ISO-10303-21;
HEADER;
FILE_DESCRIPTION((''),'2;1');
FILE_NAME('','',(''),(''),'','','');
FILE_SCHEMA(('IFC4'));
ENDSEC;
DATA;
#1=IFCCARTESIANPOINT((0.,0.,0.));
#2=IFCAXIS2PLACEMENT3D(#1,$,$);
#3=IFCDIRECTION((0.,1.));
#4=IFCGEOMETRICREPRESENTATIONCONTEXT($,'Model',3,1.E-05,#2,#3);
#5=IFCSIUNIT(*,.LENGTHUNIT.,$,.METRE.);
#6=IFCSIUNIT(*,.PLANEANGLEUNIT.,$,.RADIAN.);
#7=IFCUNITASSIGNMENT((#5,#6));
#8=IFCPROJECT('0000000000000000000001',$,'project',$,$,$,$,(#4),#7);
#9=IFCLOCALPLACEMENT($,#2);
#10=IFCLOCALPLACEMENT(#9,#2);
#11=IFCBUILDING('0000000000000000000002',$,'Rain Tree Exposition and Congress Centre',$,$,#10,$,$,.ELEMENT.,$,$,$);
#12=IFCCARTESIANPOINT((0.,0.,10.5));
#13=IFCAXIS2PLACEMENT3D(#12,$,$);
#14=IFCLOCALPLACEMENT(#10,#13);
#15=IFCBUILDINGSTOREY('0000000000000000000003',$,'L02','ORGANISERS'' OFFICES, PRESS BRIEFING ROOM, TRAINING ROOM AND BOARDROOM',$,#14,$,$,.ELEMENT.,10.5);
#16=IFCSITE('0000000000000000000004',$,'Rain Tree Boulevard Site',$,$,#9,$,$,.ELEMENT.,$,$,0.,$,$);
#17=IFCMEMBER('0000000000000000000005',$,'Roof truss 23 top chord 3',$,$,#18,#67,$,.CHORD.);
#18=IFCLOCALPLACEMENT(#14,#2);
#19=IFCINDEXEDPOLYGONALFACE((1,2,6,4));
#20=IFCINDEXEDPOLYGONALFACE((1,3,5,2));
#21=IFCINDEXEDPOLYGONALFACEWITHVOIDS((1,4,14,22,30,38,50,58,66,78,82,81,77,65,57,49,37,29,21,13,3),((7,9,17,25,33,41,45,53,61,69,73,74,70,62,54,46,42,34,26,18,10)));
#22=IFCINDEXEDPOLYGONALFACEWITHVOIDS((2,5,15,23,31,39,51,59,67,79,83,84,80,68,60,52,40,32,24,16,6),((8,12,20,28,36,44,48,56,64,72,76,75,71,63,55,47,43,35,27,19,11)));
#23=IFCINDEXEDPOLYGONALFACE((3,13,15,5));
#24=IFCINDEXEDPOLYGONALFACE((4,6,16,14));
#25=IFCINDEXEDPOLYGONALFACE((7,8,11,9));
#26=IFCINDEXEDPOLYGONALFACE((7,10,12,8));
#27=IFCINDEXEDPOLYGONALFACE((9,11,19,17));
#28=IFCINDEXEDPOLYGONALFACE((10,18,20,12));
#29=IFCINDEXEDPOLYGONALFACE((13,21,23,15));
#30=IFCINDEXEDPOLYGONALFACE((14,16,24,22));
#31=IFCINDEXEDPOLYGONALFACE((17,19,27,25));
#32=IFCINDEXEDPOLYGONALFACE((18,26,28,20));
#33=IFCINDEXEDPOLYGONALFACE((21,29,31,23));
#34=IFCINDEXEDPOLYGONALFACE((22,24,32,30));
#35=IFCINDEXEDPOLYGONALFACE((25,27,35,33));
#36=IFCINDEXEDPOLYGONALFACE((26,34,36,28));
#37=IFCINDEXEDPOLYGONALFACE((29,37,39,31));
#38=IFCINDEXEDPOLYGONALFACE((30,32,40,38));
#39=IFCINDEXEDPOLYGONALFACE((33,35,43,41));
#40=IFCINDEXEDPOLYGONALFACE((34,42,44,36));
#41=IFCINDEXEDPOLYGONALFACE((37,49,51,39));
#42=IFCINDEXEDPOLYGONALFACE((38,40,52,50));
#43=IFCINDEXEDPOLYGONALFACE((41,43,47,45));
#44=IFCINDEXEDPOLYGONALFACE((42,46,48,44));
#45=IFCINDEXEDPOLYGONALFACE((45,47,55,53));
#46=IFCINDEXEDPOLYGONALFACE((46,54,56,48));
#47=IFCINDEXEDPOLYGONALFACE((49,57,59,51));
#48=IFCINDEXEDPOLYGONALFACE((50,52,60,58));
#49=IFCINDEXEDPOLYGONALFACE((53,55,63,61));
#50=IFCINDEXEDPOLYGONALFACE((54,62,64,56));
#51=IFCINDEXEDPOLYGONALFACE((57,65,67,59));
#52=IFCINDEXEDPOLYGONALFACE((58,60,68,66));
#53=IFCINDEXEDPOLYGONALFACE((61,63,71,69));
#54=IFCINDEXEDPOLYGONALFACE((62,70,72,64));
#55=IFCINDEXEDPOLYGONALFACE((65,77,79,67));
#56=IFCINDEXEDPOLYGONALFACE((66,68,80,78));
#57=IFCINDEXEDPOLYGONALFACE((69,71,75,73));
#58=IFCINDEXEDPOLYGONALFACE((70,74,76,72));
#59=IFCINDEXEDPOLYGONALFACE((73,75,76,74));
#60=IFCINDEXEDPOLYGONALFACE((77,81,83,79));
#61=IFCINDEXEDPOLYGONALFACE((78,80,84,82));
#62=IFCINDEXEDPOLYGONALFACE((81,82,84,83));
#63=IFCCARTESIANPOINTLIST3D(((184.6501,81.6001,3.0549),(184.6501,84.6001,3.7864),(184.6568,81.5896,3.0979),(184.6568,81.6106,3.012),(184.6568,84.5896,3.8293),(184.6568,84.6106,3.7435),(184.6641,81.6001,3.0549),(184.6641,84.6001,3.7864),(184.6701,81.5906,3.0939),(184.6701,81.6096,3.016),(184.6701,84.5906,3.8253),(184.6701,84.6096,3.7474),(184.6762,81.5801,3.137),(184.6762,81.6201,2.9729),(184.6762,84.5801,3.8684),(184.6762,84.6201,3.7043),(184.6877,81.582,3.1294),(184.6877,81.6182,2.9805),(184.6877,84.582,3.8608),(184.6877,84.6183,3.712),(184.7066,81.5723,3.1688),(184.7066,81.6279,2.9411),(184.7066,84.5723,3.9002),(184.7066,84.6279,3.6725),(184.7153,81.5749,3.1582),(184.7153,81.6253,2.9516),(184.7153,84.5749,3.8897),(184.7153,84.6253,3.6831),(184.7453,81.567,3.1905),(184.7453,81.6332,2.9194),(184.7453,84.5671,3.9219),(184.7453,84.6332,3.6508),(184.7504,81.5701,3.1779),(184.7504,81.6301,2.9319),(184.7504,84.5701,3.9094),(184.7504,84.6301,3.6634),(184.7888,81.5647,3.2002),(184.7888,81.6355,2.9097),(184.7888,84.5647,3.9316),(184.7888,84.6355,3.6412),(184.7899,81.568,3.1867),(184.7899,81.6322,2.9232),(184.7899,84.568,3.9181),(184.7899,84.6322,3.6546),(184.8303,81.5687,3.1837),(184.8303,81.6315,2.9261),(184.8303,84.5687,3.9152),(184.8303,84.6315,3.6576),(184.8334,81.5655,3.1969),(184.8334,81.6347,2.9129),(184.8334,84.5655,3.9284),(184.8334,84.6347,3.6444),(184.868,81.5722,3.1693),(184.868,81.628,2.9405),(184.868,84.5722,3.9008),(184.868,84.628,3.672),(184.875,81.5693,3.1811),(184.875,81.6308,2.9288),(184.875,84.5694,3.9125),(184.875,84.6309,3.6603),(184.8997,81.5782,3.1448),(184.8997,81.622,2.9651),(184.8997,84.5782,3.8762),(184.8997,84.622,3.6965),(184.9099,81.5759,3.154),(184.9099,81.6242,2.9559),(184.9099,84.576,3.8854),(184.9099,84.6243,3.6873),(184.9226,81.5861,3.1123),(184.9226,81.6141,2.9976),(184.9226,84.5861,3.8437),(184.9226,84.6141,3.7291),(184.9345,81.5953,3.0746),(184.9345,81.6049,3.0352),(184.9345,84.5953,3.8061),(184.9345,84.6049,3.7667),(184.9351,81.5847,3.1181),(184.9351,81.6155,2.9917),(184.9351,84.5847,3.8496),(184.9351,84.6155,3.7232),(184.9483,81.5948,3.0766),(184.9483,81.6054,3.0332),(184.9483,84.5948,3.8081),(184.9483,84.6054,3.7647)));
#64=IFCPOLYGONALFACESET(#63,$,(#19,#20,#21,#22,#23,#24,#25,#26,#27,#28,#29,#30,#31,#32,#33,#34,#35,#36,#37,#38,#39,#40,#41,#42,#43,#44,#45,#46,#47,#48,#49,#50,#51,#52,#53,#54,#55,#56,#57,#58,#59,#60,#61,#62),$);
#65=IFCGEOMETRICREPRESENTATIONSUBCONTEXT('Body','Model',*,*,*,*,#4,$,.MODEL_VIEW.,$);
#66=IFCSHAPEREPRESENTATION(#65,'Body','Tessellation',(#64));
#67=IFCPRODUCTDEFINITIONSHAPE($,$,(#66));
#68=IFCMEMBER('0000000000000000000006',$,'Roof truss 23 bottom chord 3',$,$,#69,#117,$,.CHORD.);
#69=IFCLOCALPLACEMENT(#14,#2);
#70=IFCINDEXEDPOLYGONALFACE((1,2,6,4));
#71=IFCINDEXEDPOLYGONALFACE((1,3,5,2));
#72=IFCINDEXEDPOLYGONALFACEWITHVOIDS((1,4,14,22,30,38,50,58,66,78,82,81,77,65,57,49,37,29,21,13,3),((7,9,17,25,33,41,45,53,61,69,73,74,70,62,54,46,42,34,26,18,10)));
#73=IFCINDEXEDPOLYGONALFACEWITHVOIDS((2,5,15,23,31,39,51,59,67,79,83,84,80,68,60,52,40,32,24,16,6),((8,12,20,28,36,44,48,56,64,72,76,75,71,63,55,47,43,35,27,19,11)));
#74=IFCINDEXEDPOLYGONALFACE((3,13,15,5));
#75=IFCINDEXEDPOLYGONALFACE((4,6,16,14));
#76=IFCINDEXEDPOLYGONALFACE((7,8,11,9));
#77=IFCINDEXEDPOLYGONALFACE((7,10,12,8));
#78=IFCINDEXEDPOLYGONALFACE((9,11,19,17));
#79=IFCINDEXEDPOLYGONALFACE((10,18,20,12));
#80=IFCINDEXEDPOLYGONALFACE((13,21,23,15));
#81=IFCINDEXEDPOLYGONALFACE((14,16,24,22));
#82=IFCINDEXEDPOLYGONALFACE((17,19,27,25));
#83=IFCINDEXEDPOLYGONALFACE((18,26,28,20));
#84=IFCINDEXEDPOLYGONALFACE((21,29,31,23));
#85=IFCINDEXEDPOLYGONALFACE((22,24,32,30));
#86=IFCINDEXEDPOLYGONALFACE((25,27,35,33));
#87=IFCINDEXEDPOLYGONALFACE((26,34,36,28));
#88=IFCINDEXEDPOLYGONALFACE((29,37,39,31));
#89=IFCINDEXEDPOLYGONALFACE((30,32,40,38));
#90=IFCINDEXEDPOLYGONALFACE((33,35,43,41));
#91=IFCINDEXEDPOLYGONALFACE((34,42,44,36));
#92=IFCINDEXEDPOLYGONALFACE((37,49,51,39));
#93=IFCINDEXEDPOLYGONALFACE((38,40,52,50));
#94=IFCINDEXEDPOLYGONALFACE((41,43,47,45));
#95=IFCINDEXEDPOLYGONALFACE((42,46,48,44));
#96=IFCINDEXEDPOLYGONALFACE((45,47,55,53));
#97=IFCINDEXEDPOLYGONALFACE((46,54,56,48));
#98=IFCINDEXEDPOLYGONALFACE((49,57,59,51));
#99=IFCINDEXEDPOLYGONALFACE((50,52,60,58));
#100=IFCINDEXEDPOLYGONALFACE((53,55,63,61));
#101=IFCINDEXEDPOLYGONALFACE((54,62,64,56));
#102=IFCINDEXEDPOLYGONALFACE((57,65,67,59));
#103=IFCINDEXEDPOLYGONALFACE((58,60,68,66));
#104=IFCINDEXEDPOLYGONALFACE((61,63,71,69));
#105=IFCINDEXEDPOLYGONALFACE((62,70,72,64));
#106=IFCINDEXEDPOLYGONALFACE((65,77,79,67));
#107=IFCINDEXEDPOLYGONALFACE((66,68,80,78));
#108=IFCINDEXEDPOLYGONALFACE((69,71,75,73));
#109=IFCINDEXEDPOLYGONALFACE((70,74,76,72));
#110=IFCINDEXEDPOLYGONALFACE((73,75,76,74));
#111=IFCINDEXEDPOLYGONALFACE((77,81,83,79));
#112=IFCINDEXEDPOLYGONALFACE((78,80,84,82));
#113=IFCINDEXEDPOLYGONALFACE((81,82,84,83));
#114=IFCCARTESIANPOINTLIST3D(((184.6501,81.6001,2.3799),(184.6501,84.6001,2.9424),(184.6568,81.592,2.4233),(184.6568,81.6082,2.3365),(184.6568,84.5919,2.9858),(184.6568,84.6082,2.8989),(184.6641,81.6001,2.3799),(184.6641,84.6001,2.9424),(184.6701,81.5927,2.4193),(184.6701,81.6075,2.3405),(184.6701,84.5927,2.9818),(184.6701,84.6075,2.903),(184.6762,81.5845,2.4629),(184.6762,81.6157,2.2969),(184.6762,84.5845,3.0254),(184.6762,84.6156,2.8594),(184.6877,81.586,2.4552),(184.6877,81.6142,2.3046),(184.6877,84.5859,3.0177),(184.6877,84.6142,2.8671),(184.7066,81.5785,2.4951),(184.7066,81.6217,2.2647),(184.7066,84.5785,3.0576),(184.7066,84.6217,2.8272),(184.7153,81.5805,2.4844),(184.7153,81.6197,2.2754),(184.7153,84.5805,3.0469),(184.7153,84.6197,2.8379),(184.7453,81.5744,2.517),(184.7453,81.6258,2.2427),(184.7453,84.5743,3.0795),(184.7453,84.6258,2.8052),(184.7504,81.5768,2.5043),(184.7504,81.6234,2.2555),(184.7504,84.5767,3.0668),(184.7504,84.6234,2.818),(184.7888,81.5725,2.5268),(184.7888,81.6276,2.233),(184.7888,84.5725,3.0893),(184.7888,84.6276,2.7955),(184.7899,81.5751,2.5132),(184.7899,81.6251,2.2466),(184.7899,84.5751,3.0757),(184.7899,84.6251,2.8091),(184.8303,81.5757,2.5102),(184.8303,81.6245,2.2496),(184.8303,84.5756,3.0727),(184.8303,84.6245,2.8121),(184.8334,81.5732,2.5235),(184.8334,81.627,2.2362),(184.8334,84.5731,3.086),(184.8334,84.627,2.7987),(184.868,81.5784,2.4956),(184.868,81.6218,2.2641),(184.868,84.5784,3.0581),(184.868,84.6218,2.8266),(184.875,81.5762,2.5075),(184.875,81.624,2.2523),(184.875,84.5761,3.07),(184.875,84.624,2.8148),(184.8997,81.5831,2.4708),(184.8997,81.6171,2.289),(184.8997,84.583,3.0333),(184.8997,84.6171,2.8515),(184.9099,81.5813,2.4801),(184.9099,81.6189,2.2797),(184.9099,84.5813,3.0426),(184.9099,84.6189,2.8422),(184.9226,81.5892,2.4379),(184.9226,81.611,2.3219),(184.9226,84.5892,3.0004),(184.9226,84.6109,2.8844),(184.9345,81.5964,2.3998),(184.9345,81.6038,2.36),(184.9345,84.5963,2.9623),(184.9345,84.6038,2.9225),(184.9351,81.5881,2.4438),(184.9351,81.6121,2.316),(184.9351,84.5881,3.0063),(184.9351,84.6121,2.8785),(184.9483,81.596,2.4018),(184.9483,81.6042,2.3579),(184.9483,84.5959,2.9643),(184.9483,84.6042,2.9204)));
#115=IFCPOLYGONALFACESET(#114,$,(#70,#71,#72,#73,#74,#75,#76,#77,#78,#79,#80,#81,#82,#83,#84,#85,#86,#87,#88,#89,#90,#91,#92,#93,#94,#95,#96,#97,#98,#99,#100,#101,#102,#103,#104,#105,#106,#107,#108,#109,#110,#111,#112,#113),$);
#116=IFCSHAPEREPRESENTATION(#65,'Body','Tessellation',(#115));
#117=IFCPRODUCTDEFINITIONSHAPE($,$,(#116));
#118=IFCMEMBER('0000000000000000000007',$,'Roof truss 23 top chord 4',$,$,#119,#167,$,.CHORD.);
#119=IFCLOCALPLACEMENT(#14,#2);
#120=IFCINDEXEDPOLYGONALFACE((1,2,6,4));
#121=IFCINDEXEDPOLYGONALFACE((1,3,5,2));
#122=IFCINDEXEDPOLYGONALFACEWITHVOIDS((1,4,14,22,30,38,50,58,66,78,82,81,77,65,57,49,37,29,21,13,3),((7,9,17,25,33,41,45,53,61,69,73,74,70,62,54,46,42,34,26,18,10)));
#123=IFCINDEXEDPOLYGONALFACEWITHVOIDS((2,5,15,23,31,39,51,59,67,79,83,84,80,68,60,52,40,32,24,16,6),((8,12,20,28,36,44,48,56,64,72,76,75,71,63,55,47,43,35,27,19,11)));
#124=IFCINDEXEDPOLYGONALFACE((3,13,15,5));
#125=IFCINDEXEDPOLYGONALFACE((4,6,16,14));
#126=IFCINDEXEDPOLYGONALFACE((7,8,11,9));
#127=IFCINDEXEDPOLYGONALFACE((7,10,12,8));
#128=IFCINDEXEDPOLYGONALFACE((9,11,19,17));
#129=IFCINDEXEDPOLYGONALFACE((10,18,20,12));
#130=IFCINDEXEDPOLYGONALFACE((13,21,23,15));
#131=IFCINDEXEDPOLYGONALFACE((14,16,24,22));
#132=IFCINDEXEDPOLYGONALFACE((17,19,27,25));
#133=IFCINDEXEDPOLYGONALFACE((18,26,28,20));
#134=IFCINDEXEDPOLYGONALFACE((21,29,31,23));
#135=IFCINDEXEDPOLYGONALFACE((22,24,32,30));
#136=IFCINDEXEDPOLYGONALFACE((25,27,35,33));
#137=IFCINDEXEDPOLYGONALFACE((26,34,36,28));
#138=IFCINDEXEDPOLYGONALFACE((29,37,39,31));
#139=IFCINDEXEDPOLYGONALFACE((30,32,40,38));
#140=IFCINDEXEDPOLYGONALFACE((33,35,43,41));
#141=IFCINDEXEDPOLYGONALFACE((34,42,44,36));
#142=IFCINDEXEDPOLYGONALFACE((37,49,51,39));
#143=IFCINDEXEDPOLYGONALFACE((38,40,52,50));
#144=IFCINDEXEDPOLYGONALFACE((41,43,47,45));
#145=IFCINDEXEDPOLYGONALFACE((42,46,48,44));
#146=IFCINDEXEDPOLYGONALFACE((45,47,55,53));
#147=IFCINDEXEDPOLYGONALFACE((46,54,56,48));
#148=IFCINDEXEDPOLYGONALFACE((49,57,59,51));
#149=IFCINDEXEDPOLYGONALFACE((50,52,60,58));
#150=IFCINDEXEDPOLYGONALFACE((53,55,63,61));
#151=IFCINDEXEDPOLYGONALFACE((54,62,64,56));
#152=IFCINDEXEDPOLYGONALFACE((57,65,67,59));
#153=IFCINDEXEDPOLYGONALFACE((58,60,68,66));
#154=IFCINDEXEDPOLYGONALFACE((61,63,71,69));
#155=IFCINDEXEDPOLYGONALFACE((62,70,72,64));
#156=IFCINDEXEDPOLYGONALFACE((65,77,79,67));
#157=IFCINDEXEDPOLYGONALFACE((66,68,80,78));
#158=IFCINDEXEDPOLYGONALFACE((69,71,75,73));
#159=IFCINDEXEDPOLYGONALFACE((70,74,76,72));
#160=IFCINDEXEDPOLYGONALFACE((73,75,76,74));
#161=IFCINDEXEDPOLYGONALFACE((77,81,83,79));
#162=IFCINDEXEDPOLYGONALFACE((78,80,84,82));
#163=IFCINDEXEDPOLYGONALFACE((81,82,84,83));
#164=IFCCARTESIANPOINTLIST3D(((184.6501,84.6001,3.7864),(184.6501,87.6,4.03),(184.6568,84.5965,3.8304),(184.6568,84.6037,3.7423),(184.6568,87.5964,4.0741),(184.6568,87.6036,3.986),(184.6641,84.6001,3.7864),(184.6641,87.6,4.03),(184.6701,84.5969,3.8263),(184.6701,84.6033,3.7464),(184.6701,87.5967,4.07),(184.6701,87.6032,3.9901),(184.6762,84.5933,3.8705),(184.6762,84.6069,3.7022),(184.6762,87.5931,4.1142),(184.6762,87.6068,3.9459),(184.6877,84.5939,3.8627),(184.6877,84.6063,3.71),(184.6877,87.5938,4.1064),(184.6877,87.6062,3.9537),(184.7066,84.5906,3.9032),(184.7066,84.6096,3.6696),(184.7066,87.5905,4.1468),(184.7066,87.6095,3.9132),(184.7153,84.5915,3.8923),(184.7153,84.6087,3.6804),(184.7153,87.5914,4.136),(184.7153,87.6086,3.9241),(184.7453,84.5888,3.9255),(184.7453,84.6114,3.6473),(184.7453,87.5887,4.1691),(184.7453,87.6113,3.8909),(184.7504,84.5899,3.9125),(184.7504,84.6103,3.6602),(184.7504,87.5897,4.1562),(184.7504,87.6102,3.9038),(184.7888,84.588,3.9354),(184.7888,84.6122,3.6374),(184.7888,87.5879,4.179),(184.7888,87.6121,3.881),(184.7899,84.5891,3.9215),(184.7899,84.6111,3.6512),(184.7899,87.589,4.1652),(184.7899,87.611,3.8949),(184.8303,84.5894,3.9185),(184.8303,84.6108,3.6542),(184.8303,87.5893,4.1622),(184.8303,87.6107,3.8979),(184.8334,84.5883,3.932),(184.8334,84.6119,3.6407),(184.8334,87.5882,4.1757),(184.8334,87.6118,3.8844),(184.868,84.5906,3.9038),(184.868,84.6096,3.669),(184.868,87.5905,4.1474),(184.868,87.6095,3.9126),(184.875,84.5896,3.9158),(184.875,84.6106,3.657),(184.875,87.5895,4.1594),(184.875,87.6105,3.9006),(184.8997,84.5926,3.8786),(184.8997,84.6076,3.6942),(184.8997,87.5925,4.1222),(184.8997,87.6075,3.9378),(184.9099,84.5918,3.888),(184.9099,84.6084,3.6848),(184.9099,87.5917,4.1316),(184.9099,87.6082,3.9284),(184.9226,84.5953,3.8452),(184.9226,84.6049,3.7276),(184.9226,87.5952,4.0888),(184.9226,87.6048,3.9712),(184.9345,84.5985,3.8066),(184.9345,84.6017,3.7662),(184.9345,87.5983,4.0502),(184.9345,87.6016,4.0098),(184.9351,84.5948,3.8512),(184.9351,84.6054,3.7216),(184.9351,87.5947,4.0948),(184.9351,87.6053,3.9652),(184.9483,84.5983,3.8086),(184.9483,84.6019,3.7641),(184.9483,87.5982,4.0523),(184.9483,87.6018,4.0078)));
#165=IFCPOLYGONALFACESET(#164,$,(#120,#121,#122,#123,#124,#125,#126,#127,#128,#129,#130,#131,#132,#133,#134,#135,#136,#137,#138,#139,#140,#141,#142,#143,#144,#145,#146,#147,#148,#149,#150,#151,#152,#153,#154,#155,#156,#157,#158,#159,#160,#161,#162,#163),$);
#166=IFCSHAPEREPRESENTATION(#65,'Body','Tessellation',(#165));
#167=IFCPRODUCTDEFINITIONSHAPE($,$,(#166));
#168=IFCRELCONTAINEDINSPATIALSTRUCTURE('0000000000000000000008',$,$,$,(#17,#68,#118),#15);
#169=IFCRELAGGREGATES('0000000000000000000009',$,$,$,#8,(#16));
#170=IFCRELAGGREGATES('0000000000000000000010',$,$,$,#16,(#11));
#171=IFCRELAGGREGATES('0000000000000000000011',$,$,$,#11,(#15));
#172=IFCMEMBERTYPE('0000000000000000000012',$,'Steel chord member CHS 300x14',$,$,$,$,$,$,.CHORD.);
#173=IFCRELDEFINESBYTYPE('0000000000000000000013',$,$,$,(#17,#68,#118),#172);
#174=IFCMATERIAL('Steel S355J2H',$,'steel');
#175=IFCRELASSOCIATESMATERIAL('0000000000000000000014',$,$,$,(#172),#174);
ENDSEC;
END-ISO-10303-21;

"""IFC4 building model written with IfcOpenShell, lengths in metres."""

from ifc_helpers import new_model, si_unit, direction, frame, origin, origin_2d, place, context, subcontext, project, spatial, hollow_circle, extrude, material, material_profile, profile_set, type_object, element, save


model = new_model("IFC4")

# Units and contexts
model_context = context("Model", 3, precision=1e-05, world=origin(), true_north=direction((0.0, 1.0)))
body_context = subcontext(model_context, "Body", "Model", "MODEL_VIEW")
ifc_project = project(units=[si_unit("LENGTHUNIT", "METRE"), si_unit("PLANEANGLEUNIT", "RADIAN")], contexts=[model_context])

# Site, building, storey
site_placement = place(None, origin())
site = spatial("IfcSite", under=ifc_project, at=site_placement, Name="Rain Tree Boulevard Site", CompositionType="ELEMENT", RefElevation=0.0)
building_placement = place(site_placement, origin())
building = spatial("IfcBuilding", under=site, at=building_placement, Name="Rain Tree Exposition and Congress Centre", CompositionType="ELEMENT")
storey_placement = place(building_placement, frame((0.0, 0.0, 10.5)))
storey = spatial("IfcBuildingStorey", under=building, at=storey_placement, Name="L02", Description="ORGANISERS' OFFICES, PRESS BRIEFING ROOM, TRAINING ROOM AND BOARDROOM", CompositionType="ELEMENT", Elevation=10.5)

# Members
ifc_material_1 = material(Name="Steel S355J2H", Category="steel")
ifc_material_profile_1 = material_profile(ifc_material_1, hollow_circle(Radius=0.1499, WallThickness=0.0139, at=origin_2d()), Name="CHS 300x14")
ifc_profile_set_1 = profile_set([ifc_material_profile_1], Name="Steel S355J2H")
member_type_1 = type_object("IfcMemberType", Name="Steel chord member CHS 300x14", PredefinedType="CHORD", material=ifc_profile_set_1)
member_1_placement = place(storey_placement, frame((184.8, 81.6001, 3.0549), z_axis=(0.0, 0.97154, 0.236876), x_axis=(-1.0, 0.0, 0.0)))
element("IfcMember", 1, at=member_1_placement, inside=storey, type_object=member_type_1, Name="Roof truss 23 top chord 3", PredefinedType="CHORD", context=body_context, shape_type="SweptSolid", body=[
    extrude(hollow_circle(Radius=0.1499, WallThickness=0.0139, at=origin_2d()), origin(), (0.0, 0.0, 1.0), 3.0879),
])
member_2_placement = place(storey_placement, frame((184.8, 81.6001, 2.3799), z_axis=(0.0, 0.982872, 0.184289), x_axis=(-1.0, 0.0, 0.0)))
element("IfcMember", 2, at=member_2_placement, inside=storey, type_object=member_type_1, Name="Roof truss 23 bottom chord 3", PredefinedType="CHORD", context=body_context, shape_type="SweptSolid", body=[
    extrude(hollow_circle(Radius=0.1499, WallThickness=0.0139, at=origin_2d()), origin(), (0.0, 0.0, 1.0), 3.0522),
])
member_3_placement = place(storey_placement, frame((184.8, 84.6001, 3.7864), z_axis=(0.0, 0.996718, 0.080951), x_axis=(-1.0, 0.0, 0.0)))
element("IfcMember", 3, at=member_3_placement, inside=storey, type_object=member_type_1, Name="Roof truss 23 top chord 4", PredefinedType="CHORD", context=body_context, shape_type="SweptSolid", body=[
    extrude(hollow_circle(Radius=0.1499, WallThickness=0.0139, at=origin_2d()), origin(), (0.0, 0.0, 1.0), 3.0098),
])

save(model, "model.ifc")
